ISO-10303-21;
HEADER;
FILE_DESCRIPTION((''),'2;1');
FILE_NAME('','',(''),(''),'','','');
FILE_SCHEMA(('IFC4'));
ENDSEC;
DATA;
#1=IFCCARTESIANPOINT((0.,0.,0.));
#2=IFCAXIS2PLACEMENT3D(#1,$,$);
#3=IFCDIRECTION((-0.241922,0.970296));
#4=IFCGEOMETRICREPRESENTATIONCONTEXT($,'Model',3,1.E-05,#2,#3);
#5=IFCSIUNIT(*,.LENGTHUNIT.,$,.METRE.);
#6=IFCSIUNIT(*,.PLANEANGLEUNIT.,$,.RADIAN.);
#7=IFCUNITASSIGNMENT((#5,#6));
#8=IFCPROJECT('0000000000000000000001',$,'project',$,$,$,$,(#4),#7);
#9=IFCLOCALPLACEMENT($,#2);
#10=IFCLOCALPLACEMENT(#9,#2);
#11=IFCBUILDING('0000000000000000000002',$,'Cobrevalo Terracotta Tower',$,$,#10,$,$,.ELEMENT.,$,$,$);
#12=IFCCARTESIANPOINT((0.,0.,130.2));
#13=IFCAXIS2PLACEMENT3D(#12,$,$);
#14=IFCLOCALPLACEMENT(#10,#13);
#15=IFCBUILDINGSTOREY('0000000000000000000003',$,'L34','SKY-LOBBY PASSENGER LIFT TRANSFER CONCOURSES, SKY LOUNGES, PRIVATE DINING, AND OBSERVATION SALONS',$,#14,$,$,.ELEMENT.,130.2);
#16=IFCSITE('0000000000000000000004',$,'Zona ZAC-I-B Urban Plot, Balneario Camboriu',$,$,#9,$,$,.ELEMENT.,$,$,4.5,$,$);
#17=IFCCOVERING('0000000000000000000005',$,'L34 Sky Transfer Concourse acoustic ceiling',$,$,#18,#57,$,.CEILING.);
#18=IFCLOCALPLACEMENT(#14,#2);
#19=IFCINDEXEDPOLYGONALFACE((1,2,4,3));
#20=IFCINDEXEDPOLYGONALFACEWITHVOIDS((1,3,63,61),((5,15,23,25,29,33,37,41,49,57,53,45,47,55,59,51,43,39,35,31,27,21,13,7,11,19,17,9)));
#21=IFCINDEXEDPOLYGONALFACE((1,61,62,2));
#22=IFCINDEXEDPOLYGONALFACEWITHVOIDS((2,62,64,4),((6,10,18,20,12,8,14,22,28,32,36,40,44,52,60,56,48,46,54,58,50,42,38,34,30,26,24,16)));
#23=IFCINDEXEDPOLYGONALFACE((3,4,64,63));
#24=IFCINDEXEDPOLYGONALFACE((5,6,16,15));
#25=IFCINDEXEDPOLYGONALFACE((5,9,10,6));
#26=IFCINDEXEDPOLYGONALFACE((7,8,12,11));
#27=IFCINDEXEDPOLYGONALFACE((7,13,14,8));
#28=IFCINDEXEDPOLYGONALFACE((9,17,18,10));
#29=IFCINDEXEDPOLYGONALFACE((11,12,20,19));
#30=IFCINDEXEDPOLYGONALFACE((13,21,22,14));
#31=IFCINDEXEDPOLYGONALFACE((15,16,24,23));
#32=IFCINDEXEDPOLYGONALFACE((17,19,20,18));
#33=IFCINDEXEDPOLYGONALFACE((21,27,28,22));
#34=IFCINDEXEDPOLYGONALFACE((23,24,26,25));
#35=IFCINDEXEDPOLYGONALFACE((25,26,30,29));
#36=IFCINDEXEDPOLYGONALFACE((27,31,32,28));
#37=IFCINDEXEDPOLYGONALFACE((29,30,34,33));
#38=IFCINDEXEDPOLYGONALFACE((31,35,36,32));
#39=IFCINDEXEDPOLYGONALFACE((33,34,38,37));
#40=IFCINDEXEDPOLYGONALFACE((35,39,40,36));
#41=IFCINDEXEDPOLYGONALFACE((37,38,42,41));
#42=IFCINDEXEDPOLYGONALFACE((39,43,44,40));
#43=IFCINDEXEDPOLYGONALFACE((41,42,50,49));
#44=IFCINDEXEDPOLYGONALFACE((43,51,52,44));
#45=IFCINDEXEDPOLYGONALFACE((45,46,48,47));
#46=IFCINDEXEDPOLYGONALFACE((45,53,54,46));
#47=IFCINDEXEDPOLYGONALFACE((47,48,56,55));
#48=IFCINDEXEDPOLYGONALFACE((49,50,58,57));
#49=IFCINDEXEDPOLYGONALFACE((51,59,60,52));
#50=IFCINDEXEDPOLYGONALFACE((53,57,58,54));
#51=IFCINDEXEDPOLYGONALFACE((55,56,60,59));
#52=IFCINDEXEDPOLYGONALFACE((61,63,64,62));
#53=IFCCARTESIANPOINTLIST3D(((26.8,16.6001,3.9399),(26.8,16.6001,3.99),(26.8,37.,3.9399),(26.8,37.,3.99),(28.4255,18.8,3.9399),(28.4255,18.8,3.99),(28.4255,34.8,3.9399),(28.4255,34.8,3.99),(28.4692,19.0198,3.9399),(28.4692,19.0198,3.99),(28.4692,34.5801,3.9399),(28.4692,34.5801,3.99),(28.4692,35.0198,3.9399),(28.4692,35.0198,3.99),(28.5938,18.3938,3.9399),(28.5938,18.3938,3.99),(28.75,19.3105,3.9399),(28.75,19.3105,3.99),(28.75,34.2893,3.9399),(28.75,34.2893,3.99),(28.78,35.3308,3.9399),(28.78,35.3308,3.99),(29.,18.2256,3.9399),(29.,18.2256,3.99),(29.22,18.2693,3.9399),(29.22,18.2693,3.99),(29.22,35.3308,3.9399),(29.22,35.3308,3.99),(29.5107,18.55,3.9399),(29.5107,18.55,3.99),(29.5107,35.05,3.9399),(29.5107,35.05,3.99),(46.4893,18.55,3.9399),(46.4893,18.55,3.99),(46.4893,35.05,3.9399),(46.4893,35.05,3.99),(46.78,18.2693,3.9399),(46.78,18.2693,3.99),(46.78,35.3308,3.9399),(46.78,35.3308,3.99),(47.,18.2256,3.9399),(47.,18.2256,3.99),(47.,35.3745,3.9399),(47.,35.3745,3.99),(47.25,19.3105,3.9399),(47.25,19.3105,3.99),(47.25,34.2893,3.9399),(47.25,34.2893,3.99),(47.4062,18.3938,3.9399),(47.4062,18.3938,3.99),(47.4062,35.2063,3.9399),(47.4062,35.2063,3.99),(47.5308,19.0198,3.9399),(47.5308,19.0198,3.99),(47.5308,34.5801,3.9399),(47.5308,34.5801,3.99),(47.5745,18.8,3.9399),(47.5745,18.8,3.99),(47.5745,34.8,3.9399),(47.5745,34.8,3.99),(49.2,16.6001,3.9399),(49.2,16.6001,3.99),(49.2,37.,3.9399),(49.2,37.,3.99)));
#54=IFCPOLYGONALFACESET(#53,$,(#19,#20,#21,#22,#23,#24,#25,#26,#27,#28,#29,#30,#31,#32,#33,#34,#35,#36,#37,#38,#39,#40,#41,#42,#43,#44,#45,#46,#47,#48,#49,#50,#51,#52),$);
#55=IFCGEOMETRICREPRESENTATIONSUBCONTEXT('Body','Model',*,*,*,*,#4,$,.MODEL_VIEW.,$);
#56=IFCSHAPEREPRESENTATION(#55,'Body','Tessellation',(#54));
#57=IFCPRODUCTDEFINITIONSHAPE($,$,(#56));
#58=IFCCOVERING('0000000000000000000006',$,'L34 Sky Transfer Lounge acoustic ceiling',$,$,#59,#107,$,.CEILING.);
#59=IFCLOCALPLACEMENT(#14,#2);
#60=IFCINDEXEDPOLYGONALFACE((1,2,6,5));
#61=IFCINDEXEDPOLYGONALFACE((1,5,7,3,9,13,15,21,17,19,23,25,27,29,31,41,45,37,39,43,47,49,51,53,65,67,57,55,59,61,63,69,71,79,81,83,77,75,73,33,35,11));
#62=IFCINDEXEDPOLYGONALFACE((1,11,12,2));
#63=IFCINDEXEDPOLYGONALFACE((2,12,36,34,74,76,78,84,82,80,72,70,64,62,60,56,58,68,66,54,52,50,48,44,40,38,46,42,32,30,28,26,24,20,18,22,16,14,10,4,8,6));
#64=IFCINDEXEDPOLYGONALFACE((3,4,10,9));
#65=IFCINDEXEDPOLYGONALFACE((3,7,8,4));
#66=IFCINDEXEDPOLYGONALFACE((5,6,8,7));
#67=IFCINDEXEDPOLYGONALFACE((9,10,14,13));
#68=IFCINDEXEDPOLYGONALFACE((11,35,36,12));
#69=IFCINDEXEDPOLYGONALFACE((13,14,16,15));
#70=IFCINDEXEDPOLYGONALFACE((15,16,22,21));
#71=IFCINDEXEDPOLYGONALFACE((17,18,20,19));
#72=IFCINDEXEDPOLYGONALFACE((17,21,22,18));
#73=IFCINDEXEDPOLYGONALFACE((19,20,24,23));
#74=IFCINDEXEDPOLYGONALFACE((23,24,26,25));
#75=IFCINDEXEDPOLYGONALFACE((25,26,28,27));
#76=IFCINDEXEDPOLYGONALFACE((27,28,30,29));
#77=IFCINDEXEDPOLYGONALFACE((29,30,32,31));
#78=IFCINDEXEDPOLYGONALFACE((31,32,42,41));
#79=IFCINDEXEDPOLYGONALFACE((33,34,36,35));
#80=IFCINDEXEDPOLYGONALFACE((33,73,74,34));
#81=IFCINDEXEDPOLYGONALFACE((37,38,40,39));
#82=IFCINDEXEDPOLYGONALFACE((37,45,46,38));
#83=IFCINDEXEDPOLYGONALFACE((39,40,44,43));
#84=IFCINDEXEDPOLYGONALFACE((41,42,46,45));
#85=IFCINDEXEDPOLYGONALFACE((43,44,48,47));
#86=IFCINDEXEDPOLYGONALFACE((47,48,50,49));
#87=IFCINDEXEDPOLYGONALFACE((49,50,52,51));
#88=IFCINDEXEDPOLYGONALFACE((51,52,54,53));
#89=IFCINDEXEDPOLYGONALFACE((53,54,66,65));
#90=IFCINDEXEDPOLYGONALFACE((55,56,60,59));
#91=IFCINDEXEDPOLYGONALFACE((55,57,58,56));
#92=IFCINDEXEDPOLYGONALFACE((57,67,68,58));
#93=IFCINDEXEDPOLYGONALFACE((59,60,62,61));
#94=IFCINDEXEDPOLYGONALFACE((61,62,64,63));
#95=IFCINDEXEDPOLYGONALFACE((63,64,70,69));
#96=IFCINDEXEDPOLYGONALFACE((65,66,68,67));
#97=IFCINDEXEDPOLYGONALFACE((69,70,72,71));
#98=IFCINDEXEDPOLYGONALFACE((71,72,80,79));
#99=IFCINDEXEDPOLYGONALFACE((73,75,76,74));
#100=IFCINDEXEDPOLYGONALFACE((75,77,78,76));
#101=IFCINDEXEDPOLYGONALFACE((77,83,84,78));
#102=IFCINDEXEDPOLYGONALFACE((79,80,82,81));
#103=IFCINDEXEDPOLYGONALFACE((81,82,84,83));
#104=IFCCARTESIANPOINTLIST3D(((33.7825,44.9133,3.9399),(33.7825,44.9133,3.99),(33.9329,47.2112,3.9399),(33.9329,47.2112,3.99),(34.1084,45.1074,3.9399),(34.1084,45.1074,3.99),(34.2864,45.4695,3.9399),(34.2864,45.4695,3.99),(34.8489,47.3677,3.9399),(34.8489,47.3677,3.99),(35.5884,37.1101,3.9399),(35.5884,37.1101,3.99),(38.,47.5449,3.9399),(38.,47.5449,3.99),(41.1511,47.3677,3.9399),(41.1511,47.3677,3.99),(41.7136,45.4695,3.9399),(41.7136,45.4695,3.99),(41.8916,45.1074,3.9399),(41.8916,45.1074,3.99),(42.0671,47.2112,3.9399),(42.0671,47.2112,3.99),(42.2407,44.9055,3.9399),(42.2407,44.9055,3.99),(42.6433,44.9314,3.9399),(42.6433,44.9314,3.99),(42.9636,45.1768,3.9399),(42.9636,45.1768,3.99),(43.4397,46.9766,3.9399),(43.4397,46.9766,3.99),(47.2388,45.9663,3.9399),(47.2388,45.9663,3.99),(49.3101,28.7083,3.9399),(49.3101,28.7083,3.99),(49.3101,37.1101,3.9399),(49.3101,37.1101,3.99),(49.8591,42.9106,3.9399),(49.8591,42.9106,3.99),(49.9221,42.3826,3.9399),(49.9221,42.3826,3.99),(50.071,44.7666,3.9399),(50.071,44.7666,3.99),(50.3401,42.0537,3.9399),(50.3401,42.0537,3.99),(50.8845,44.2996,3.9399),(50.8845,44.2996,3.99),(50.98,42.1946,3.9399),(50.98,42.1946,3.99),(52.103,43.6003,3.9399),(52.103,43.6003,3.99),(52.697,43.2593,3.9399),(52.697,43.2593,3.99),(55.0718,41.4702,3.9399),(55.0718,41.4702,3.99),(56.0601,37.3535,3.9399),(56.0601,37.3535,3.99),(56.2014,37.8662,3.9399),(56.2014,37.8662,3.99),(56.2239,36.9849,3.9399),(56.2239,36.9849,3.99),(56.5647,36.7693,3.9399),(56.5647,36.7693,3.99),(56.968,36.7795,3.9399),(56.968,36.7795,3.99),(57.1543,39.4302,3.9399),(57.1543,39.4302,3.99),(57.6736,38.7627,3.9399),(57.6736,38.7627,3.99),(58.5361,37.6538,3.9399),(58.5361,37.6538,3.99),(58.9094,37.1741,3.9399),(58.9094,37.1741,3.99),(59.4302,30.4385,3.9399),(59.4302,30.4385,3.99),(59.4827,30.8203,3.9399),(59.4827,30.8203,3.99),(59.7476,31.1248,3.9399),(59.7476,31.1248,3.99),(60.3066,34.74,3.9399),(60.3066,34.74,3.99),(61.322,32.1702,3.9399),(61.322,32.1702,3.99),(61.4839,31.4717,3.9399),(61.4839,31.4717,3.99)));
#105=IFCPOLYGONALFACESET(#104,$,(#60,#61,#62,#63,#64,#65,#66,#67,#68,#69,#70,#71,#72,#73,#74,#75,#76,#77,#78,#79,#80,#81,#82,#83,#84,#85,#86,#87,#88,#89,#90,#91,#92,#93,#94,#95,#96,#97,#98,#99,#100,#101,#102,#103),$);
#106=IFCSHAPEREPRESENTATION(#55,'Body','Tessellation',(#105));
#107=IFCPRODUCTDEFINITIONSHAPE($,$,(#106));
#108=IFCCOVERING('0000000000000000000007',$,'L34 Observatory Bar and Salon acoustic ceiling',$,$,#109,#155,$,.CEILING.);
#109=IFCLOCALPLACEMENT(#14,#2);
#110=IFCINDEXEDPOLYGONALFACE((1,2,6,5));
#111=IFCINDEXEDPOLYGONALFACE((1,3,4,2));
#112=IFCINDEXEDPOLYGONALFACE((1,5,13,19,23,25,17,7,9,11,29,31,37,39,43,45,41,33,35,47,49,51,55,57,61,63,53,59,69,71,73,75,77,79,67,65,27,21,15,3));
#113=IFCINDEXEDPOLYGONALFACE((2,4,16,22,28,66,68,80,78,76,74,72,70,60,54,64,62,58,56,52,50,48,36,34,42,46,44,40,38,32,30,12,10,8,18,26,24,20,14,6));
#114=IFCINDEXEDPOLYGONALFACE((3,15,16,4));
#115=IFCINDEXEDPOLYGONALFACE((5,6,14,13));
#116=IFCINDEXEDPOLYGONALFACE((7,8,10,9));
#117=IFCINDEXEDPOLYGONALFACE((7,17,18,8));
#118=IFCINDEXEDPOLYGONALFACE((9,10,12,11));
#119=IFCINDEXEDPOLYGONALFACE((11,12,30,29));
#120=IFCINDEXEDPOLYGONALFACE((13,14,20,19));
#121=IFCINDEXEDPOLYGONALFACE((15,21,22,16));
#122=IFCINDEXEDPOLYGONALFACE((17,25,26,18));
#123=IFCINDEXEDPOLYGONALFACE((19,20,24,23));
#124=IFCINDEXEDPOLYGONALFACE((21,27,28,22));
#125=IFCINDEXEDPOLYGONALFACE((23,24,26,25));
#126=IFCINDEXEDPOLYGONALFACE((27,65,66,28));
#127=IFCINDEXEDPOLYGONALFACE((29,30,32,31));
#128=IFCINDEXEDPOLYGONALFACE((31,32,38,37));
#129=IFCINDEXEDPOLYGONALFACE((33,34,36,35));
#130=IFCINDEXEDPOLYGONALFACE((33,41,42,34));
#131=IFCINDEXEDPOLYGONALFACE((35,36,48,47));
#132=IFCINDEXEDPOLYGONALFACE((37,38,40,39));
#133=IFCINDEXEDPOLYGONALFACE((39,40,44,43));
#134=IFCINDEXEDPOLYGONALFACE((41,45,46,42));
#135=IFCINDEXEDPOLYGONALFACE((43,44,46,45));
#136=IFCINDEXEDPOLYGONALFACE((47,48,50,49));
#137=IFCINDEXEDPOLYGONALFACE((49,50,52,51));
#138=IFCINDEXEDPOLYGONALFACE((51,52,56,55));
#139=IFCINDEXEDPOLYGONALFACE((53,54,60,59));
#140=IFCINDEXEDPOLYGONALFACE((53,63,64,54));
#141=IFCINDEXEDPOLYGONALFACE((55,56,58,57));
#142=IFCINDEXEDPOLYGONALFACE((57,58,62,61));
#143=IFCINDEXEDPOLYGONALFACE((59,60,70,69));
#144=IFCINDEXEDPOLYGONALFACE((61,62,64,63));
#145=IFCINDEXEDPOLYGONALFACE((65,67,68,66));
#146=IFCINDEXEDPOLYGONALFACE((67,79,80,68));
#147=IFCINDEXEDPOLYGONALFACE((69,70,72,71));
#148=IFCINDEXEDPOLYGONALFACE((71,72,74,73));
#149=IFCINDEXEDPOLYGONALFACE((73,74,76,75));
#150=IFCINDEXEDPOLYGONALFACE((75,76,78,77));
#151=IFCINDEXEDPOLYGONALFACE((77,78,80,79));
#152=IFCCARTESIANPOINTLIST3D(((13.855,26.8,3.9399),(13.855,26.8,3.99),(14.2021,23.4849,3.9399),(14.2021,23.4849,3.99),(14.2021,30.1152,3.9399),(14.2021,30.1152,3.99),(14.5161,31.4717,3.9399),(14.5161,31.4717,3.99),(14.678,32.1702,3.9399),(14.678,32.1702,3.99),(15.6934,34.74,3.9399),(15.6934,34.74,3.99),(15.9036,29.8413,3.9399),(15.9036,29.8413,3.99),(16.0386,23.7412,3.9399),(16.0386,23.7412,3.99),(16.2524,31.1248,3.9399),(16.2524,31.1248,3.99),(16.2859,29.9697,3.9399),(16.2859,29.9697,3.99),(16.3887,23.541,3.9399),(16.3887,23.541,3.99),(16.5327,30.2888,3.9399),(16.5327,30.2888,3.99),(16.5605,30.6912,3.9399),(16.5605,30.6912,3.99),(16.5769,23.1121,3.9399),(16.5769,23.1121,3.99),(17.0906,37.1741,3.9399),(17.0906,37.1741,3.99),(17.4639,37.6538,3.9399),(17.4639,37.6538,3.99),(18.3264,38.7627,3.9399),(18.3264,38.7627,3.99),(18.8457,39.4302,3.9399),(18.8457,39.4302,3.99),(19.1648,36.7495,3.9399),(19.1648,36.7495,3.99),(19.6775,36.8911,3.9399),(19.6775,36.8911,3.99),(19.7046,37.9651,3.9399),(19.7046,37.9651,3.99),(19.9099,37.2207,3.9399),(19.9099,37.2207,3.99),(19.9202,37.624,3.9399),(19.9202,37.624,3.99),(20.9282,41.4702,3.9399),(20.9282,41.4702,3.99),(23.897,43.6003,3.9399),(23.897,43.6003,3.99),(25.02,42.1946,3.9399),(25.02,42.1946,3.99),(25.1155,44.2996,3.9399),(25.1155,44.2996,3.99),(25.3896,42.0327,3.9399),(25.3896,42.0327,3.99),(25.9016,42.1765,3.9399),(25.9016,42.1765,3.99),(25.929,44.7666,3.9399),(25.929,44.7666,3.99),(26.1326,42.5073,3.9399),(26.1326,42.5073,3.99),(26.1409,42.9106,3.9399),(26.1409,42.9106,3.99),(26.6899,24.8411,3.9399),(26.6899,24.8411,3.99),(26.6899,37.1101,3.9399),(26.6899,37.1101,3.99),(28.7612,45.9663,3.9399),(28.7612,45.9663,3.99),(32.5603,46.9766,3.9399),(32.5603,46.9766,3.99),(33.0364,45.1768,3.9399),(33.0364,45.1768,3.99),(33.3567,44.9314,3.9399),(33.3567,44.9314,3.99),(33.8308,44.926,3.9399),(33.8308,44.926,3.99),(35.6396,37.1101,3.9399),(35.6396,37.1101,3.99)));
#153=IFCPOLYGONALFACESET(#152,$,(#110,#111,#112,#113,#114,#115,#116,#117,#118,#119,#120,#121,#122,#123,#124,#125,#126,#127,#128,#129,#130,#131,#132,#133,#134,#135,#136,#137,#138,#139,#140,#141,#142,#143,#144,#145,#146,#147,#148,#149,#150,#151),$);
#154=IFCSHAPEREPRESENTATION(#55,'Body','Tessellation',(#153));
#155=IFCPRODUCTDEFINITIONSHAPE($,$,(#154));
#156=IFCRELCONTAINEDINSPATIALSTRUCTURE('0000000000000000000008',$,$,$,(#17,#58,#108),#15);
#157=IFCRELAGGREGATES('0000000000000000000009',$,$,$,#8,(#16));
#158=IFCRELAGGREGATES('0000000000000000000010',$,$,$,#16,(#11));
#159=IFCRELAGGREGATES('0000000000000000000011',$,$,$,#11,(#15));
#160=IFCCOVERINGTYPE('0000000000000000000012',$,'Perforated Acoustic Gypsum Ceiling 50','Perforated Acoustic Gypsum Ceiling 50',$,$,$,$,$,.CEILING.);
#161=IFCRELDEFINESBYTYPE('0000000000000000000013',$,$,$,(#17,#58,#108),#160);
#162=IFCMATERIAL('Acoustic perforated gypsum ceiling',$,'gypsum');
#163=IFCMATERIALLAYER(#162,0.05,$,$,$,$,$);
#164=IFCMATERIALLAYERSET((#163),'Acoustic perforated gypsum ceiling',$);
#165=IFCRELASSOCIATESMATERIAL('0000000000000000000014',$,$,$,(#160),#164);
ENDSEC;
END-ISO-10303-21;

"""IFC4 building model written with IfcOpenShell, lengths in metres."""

from ifc_helpers import new_model, si_unit, direction, frame, origin, place, context, subcontext, project, spatial, polyline, outline, extrude, material, layer, layer_set, type_object, element, save


model = new_model("IFC4")

# Units and contexts
model_context = context("Model", 3, precision=1e-05, world=origin(), true_north=direction((-0.241922, 0.970296)))
body_context = subcontext(model_context, "Body", "Model", "MODEL_VIEW")
ifc_project = project(units=[si_unit("LENGTHUNIT", "METRE"), si_unit("PLANEANGLEUNIT", "RADIAN")], contexts=[model_context])

# Site, building, storey
site_placement = place(None, origin())
site = spatial("IfcSite", under=ifc_project, at=site_placement, Name="Zona ZAC-I-B Urban Plot, Balneario Camboriu", CompositionType="ELEMENT", RefElevation=4.5)
building_placement = place(site_placement, origin())
building = spatial("IfcBuilding", under=site, at=building_placement, Name="Cobrevalo Terracotta Tower", CompositionType="ELEMENT")
storey_placement = place(building_placement, frame((0.0, 0.0, 130.2)))
storey = spatial("IfcBuildingStorey", under=building, at=storey_placement, Name="L34", Description="SKY-LOBBY PASSENGER LIFT TRANSFER CONCOURSES, SKY LOUNGES, PRIVATE DINING, AND OBSERVATION SALONS", CompositionType="ELEMENT", Elevation=130.2)

# Coverings
ifc_material_1 = material(Name="Acoustic perforated gypsum ceiling", Category="gypsum")
ifc_layer_1 = layer(ifc_material_1, 0.05)
ifc_layer_set_1 = layer_set([ifc_layer_1], Name="Acoustic perforated gypsum ceiling")
covering_type_1 = type_object("IfcCoveringType", Name="Perforated Acoustic Gypsum Ceiling 50", Description="Perforated Acoustic Gypsum Ceiling 50", PredefinedType="CEILING", material=ifc_layer_set_1)
covering_1_placement = place(storey_placement, frame((0.0, 0.0, 3.9399)))
element("IfcCovering", 1, at=covering_1_placement, inside=storey, type_object=covering_type_1, Name="L34 Sky Transfer Concourse acoustic ceiling", PredefinedType="CEILING", context=body_context, shape_type="SweptSolid", body=[
    extrude(outline(polyline([(49.2, 16.6001), (26.8, 16.6001), (26.8, 37.0), (49.2, 37.0), (49.2, 16.6001)]), holes=[polyline([(29.5107, 35.05), (29.22, 35.3308), (28.78, 35.3308), (28.4692, 35.0198), (28.4255, 34.8), (28.4692, 34.5801), (28.75, 34.2893), (28.75, 19.3105), (28.4692, 19.0198), (28.4255, 18.8), (28.5938, 18.3938), (29.0, 18.2256), (29.22, 18.2693), (29.5107, 18.55), (46.4893, 18.55), (46.78, 18.2693), (47.0, 18.2256), (47.4062, 18.3938), (47.5745, 18.8), (47.5308, 19.0198), (47.25, 19.3105), (47.25, 34.2893), (47.5308, 34.5801), (47.5745, 34.8), (47.4062, 35.2063), (47.0, 35.3745), (46.78, 35.3308), (46.4893, 35.05), (29.5107, 35.05)])]), origin(), (0.0, 0.0, 1.0), 0.05),
])
covering_2_placement = place(storey_placement, frame((0.0, 0.0, 3.9399)))
element("IfcCovering", 2, at=covering_2_placement, inside=storey, type_object=covering_type_1, Name="L34 Sky Transfer Lounge acoustic ceiling", PredefinedType="CEILING", context=body_context, shape_type="SweptSolid", body=[
    extrude(outline(polyline([(38.0, 47.5449), (41.1511, 47.3677), (42.0671, 47.2112), (41.7136, 45.4695), (41.8916, 45.1074), (42.2407, 44.9055), (42.6433, 44.9314), (42.9636, 45.1768), (43.4397, 46.9766), (47.2388, 45.9663), (50.071, 44.7666), (50.8845, 44.2996), (49.8591, 42.9106), (49.9221, 42.3826), (50.3401, 42.0537), (50.98, 42.1946), (52.103, 43.6003), (52.697, 43.2593), (55.0718, 41.4702), (57.1543, 39.4302), (57.6736, 38.7627), (56.2014, 37.8662), (56.0601, 37.3535), (56.2239, 36.9849), (56.5647, 36.7693), (56.968, 36.7795), (58.5361, 37.6538), (58.9094, 37.1741), (60.3066, 34.74), (61.322, 32.1702), (61.4839, 31.4717), (59.7476, 31.1248), (59.4827, 30.8203), (59.4302, 30.4385), (49.3101, 28.7083), (49.3101, 37.1101), (35.5884, 37.1101), (33.7825, 44.9133), (34.1084, 45.1074), (34.2864, 45.4695), (33.9329, 47.2112), (34.8489, 47.3677), (38.0, 47.5449)])), origin(), (0.0, 0.0, 1.0), 0.05),
])
covering_3_placement = place(storey_placement, frame((0.0, 0.0, 3.9399)))
element("IfcCovering", 3, at=covering_3_placement, inside=storey, type_object=covering_type_1, Name="L34 Observatory Bar and Salon acoustic ceiling", PredefinedType="CEILING", context=body_context, shape_type="SweptSolid", body=[
    extrude(outline(polyline([(13.855, 26.8), (14.2021, 30.1152), (15.9036, 29.8413), (16.2859, 29.9697), (16.5327, 30.2888), (16.5605, 30.6912), (16.2524, 31.1248), (14.5161, 31.4717), (14.678, 32.1702), (15.6934, 34.74), (17.0906, 37.1741), (17.4639, 37.6538), (19.1648, 36.7495), (19.6775, 36.8911), (19.9099, 37.2207), (19.9202, 37.624), (19.7046, 37.9651), (18.3264, 38.7627), (18.8457, 39.4302), (20.9282, 41.4702), (23.897, 43.6003), (25.02, 42.1946), (25.3896, 42.0327), (25.9016, 42.1765), (26.1326, 42.5073), (26.1409, 42.9106), (25.1155, 44.2996), (25.929, 44.7666), (28.7612, 45.9663), (32.5603, 46.9766), (33.0364, 45.1768), (33.3567, 44.9314), (33.8308, 44.926), (35.6396, 37.1101), (26.6899, 37.1101), (26.6899, 24.8411), (16.5769, 23.1121), (16.3887, 23.541), (16.0386, 23.7412), (14.2021, 23.4849), (13.855, 26.8)])), origin(), (0.0, 0.0, 1.0), 0.05),
])

save(model, "model.ifc")
